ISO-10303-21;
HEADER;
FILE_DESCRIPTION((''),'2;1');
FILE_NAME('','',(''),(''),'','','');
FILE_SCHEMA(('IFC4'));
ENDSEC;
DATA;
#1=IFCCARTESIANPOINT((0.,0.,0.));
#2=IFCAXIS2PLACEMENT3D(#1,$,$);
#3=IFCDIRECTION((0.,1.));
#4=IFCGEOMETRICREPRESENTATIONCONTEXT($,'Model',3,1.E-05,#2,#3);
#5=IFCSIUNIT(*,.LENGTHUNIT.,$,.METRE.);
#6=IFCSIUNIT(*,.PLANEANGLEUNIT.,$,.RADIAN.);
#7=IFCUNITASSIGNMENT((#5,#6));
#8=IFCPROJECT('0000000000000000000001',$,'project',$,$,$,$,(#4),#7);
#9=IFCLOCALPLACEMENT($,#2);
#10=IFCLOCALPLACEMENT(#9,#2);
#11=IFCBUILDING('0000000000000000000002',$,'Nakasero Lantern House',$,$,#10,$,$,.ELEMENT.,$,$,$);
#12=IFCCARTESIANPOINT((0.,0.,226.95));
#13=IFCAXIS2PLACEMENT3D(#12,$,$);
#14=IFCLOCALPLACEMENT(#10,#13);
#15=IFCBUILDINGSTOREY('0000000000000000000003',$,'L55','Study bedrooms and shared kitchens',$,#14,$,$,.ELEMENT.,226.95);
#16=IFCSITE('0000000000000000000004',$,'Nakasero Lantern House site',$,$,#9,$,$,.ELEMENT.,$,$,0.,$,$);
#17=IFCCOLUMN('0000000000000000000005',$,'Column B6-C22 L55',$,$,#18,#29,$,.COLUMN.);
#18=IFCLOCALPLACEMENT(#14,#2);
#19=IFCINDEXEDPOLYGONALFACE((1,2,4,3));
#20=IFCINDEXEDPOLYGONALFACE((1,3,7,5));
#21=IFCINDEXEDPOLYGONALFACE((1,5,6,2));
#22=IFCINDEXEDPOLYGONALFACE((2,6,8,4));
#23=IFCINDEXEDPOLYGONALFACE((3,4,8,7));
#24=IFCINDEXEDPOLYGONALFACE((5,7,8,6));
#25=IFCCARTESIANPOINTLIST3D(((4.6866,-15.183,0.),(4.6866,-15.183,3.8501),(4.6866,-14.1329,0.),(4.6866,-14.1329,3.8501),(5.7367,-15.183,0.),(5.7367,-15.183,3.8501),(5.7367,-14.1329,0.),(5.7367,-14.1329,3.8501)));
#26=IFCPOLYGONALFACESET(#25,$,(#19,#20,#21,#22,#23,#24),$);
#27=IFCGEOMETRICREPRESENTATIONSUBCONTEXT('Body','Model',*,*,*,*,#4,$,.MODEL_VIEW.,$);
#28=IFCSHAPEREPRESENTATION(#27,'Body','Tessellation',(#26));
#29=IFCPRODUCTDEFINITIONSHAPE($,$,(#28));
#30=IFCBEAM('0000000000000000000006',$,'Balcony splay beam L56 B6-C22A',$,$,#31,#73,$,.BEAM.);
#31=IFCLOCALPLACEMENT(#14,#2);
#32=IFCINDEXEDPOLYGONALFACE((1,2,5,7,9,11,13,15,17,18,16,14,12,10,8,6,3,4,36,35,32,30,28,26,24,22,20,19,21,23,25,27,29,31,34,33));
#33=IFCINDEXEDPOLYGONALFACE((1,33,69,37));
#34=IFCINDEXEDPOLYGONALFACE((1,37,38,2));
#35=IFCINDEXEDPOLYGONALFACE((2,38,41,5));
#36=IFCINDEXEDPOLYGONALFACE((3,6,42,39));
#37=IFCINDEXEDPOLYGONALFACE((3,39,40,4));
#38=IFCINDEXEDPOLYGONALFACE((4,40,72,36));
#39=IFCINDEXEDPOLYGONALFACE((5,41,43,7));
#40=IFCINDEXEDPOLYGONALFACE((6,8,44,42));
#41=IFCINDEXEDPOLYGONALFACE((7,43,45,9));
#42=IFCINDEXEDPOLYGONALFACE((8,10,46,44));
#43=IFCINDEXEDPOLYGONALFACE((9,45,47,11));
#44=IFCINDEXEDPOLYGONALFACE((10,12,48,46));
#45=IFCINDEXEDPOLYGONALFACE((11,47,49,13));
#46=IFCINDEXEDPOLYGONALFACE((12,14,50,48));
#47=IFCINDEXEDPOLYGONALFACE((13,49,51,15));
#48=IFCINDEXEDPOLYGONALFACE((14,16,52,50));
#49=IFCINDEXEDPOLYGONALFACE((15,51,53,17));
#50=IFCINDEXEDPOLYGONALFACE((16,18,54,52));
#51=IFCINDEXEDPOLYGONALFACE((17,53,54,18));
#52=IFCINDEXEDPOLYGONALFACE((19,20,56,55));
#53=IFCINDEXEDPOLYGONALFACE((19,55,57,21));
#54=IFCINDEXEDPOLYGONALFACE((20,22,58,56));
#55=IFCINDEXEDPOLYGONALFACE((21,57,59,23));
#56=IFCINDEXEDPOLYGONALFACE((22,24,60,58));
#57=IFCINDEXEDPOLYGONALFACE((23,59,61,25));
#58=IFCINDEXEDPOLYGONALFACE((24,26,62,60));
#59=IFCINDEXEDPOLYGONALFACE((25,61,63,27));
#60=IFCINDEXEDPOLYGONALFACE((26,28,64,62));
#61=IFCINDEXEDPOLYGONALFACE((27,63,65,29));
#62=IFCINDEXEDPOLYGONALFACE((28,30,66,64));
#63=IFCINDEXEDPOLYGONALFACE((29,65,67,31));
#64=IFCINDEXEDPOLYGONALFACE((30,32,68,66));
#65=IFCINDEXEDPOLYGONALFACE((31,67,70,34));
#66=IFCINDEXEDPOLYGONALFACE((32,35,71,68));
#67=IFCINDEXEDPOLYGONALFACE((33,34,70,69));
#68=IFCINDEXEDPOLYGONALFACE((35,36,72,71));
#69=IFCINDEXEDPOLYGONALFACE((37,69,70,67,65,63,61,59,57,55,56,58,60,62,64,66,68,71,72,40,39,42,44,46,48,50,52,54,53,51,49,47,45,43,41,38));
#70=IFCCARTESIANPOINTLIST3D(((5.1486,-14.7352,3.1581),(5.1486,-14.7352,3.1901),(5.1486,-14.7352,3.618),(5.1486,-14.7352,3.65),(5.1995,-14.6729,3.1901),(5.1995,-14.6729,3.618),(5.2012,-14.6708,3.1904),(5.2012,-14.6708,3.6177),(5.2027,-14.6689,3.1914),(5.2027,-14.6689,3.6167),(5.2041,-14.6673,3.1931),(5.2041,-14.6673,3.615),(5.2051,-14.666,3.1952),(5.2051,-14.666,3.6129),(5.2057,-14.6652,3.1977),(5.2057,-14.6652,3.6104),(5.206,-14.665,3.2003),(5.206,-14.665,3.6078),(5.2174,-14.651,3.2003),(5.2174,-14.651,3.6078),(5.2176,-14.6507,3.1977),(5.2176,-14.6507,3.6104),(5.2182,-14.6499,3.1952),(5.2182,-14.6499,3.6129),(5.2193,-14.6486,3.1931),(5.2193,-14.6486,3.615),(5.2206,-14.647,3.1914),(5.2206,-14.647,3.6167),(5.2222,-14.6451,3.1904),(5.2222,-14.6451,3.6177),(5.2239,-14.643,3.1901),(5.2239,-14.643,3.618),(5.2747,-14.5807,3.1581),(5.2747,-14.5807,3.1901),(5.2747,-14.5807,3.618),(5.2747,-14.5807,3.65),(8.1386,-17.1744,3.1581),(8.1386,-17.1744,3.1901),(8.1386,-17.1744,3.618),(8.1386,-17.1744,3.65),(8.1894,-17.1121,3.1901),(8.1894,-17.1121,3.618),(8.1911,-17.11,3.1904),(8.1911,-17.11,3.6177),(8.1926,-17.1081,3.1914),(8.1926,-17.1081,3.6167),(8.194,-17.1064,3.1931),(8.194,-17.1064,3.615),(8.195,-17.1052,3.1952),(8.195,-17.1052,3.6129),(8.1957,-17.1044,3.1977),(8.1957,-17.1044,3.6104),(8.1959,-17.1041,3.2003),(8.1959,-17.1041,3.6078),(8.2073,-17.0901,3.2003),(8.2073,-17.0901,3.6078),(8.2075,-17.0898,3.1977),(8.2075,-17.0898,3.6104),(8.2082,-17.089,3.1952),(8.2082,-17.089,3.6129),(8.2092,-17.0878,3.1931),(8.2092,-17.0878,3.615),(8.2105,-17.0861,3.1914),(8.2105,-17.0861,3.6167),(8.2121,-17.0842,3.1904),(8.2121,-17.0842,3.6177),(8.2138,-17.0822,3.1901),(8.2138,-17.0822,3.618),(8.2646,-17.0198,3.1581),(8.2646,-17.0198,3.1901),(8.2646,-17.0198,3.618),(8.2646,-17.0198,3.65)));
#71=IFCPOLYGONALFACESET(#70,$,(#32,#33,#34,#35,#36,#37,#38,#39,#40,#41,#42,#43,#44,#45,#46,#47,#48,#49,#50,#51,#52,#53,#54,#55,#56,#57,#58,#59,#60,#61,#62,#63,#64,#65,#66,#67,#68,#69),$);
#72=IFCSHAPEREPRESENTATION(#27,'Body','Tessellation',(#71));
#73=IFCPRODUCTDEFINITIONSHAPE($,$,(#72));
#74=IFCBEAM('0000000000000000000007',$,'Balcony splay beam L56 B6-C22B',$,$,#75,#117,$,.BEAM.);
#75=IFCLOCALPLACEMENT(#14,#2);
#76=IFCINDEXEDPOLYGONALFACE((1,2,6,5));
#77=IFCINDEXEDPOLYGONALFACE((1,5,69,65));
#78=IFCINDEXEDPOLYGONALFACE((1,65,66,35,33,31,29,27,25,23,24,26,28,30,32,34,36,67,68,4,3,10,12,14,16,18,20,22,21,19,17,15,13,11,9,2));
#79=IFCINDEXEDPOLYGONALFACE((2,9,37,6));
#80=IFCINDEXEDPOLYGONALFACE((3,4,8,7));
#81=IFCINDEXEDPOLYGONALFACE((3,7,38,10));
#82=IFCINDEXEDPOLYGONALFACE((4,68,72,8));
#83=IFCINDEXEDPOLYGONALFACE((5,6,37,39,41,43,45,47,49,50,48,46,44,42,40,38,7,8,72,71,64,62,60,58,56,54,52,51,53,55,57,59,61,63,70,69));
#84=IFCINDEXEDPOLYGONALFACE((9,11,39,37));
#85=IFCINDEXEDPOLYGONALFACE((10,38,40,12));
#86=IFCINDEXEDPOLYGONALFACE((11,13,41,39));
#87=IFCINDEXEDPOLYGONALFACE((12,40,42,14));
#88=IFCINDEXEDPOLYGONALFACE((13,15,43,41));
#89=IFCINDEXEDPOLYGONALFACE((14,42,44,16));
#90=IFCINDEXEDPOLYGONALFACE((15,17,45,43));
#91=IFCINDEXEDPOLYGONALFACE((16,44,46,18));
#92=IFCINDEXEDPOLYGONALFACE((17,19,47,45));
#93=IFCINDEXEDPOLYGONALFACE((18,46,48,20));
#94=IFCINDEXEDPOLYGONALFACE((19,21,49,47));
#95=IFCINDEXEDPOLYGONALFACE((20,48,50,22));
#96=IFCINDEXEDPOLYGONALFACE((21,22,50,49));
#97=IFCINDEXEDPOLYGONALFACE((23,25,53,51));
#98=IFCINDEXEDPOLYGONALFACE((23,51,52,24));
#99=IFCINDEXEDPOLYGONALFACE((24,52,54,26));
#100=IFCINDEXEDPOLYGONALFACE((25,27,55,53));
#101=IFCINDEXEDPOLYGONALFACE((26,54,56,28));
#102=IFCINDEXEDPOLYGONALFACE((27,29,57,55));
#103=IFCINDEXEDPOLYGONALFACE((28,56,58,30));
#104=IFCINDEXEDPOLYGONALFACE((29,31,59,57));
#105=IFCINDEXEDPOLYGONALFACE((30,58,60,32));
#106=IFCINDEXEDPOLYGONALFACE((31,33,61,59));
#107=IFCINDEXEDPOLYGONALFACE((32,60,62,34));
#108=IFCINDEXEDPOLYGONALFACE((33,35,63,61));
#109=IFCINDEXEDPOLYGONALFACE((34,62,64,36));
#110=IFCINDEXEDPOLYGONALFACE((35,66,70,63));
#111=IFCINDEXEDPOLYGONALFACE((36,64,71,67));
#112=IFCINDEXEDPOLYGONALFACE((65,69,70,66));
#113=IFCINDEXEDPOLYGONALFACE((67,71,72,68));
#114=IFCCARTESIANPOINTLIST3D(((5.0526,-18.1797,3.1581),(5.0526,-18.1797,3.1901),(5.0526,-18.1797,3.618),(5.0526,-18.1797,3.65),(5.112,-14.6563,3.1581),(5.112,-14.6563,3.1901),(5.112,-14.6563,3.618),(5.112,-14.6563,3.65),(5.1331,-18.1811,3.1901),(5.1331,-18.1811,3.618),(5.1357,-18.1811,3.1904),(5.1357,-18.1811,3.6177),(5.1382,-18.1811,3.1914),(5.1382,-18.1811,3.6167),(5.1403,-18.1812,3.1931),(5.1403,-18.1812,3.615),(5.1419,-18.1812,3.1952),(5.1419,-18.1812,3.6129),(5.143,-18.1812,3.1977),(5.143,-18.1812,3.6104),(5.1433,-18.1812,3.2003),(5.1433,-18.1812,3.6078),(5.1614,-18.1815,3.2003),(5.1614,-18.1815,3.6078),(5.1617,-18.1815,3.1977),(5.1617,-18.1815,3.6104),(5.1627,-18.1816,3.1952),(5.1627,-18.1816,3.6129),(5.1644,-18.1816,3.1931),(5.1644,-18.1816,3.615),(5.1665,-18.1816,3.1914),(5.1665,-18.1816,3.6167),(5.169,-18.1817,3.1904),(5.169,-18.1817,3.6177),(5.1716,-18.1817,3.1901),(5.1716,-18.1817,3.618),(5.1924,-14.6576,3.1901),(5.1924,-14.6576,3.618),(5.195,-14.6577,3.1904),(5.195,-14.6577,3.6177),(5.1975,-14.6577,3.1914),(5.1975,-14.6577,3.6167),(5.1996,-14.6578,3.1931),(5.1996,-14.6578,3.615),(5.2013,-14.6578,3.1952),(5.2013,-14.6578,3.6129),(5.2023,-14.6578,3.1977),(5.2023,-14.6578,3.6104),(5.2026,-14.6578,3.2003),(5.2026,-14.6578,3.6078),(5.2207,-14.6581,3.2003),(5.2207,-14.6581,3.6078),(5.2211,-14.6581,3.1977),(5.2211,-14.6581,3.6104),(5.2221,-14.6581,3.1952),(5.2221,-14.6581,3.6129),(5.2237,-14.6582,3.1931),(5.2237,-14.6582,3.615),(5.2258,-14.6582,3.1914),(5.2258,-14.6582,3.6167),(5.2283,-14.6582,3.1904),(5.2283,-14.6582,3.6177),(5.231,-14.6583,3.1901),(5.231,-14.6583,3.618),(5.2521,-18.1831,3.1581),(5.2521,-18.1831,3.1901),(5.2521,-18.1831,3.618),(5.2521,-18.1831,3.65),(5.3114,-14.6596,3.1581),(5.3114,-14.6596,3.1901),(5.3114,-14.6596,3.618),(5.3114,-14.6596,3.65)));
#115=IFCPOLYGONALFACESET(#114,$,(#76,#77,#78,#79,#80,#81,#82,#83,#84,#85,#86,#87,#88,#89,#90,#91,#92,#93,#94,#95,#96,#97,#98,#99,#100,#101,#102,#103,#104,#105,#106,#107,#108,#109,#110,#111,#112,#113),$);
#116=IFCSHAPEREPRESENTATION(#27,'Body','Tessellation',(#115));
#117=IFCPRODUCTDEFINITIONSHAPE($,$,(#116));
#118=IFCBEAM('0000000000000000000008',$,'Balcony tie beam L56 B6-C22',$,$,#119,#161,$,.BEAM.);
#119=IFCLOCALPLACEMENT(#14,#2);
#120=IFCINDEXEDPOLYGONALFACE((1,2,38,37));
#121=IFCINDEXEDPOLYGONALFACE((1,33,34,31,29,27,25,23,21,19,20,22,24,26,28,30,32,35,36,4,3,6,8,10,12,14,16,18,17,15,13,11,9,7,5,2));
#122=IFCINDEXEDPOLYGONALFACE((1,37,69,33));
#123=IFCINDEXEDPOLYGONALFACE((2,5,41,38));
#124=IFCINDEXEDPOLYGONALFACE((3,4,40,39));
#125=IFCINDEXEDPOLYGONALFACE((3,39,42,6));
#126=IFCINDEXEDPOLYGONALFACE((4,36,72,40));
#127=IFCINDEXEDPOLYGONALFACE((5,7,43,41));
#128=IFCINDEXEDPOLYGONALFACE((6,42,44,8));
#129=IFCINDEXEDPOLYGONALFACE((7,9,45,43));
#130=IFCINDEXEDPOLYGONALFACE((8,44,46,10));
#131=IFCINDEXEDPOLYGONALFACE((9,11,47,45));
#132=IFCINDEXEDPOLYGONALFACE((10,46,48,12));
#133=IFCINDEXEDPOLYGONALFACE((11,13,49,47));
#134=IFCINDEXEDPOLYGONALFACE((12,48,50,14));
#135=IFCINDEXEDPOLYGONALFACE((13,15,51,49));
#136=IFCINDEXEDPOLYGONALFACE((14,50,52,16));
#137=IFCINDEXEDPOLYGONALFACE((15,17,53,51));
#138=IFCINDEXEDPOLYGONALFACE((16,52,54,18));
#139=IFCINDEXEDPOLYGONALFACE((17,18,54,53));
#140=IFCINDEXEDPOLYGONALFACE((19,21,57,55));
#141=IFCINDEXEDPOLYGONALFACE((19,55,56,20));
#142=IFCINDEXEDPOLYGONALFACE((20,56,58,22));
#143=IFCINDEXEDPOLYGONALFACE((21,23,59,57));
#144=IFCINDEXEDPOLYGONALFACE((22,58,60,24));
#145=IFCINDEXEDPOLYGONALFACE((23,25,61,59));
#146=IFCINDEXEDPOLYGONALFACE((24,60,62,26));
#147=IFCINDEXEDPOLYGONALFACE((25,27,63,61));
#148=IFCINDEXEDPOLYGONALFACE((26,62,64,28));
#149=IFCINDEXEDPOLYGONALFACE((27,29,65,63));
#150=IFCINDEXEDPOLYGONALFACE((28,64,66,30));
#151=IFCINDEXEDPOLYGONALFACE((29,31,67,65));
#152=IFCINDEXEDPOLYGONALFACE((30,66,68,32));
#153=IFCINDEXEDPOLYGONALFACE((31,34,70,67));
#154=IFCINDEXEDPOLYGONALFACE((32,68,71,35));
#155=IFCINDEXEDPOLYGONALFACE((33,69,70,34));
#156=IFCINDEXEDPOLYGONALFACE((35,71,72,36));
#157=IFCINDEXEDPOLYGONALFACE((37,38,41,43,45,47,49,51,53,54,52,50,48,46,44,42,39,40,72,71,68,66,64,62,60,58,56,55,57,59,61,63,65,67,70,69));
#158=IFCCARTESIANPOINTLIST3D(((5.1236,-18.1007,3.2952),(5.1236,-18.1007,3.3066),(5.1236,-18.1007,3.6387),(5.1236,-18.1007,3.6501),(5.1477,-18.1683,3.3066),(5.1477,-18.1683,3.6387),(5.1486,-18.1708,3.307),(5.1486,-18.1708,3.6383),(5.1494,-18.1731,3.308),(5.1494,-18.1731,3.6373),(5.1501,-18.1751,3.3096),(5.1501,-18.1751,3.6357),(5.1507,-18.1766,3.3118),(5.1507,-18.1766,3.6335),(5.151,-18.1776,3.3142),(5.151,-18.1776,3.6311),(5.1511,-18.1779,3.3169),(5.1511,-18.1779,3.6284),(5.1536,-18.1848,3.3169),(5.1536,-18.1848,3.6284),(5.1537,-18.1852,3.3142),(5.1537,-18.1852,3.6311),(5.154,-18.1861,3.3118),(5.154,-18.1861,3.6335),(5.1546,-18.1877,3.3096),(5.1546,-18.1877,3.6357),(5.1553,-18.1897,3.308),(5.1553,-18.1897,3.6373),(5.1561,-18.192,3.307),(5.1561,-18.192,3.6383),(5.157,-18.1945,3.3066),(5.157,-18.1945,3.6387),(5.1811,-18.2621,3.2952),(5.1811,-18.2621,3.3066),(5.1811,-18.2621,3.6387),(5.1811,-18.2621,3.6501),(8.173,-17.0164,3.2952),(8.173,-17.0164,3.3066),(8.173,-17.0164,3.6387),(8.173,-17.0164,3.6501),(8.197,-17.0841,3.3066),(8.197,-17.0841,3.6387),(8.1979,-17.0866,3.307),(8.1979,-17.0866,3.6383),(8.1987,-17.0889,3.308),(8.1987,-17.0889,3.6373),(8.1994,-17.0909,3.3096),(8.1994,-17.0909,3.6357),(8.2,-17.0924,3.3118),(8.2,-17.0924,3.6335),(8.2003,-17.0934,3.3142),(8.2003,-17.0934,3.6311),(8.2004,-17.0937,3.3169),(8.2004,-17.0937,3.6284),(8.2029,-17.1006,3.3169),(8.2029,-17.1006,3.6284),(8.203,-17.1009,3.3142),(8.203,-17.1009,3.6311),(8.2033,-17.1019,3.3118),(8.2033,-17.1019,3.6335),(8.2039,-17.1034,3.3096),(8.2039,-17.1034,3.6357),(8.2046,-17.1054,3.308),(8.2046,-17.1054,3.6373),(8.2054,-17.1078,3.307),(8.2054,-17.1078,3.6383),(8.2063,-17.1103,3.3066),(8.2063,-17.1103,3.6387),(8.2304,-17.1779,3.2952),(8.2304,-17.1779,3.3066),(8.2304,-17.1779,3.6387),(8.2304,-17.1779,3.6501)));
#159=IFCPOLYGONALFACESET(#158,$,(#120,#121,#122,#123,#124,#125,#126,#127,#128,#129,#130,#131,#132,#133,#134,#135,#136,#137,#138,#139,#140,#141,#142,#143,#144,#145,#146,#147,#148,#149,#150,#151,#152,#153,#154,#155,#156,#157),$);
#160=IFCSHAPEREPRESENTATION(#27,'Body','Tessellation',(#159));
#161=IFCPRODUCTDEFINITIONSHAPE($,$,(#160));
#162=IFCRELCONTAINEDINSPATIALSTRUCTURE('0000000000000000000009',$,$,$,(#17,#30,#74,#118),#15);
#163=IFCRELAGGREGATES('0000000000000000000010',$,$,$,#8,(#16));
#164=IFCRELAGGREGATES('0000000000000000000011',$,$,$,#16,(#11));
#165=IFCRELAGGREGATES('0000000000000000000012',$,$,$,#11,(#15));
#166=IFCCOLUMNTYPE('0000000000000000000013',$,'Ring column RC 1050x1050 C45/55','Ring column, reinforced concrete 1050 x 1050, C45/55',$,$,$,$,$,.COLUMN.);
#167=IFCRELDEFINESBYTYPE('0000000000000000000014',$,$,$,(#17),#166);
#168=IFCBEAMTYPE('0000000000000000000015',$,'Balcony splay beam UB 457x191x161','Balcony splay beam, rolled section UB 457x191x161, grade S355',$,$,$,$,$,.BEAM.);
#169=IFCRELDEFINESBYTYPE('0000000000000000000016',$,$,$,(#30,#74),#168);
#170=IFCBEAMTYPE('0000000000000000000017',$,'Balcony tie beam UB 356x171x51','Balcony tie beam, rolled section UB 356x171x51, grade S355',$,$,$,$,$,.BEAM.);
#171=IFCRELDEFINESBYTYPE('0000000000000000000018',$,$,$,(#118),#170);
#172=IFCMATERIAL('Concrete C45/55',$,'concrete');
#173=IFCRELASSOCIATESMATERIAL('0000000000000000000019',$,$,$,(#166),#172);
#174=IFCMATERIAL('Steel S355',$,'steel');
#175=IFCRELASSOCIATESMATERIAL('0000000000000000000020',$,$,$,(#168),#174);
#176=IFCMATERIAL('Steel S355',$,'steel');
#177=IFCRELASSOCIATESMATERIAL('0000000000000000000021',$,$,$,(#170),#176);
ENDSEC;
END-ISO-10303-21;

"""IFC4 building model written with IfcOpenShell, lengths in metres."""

from ifc_helpers import new_model, si_unit, direction, frame, origin, origin_2d, place, context, subcontext, project, spatial, rectangle, i_section, extrude, material, material_profile, profile_set, type_object, element, save


model = new_model("IFC4")

# Units and contexts
model_context = context("Model", 3, precision=1e-05, world=origin(), true_north=direction((0.0, 1.0)))
body_context = subcontext(model_context, "Body", "Model", "MODEL_VIEW")
ifc_project = project(units=[si_unit("LENGTHUNIT", "METRE"), si_unit("PLANEANGLEUNIT", "RADIAN")], contexts=[model_context])

# Site, building, storey
site_placement = place(None, origin())
site = spatial("IfcSite", under=ifc_project, at=site_placement, Name="Nakasero Lantern House site", CompositionType="ELEMENT", RefElevation=0.0)
building_placement = place(site_placement, origin())
building = spatial("IfcBuilding", under=site, at=building_placement, Name="Nakasero Lantern House", CompositionType="ELEMENT")
storey_placement = place(building_placement, frame((0.0, 0.0, 226.95)))
storey = spatial("IfcBuildingStorey", under=building, at=storey_placement, Name="L55", Description="Study bedrooms and shared kitchens", CompositionType="ELEMENT", Elevation=226.95)

# Column
ifc_material_1 = material(Name="Concrete C45/55", Category="concrete")
ifc_material_profile_1 = material_profile(ifc_material_1, rectangle(XDim=1.05, YDim=1.05, at=origin_2d()), Name="RC 1050x1050")
ifc_profile_set_1 = profile_set([ifc_material_profile_1], Name="Concrete C45/55")
column_type = type_object("IfcColumnType", Name="Ring column RC 1050x1050 C45/55", Description="Ring column, reinforced concrete 1050 x 1050, C45/55", PredefinedType="COLUMN", material=ifc_profile_set_1)
column_placement = place(storey_placement, frame((5.2117, -14.658, 0.0), z_axis=(0.0, 0.0, 1.0), x_axis=(1.0, 0.0, 0.0)))
element("IfcColumn", 1, at=column_placement, inside=storey, type_object=column_type, Name="Column B6-C22 L55", PredefinedType="COLUMN", context=body_context, shape_type="SweptSolid", body=[
    extrude(rectangle(XDim=1.05, YDim=1.05, at=origin_2d()), origin(), (0.0, 0.0, 1.0), 3.8501),
])

# Beams
ifc_material_2 = material(Name="Steel S355", Category="steel")
ifc_material_profile_2 = material_profile(ifc_material_2, i_section(OverallWidth=0.1995, OverallDepth=0.4919, WebThickness=0.0181, FlangeThickness=0.032, FilletRadius=0.0103, at=origin_2d()), Name="UB 457x191x161")
ifc_profile_set_2 = profile_set([ifc_material_profile_2], Name="Steel S355")
beam_type_1 = type_object("IfcBeamType", Name="Balcony splay beam UB 457x191x161", Description="Balcony splay beam, rolled section UB 457x191x161, grade S355", PredefinedType="BEAM", material=ifc_profile_set_2)
beam_1_placement = place(storey_placement, frame((5.2117, -14.658, 3.4041), z_axis=(0.774864, -0.632128, 0.0), x_axis=(0.632128, 0.774864, 0.0)))
element("IfcBeam", 2, at=beam_1_placement, inside=storey, type_object=beam_type_1, Name="Balcony splay beam L56 B6-C22A", PredefinedType="BEAM", context=body_context, shape_type="SweptSolid", body=[
    extrude(i_section(OverallWidth=0.1995, OverallDepth=0.4919, WebThickness=0.0181, FlangeThickness=0.032, FilletRadius=0.0103, at=origin_2d()), origin(), (0.0, 0.0, 1.0), 3.8586),
])
beam_2_placement = place(storey_placement, frame((5.2117, -14.658, 3.4041), z_axis=(-0.016835, -0.999858, 0.0), x_axis=(0.999858, -0.016835, 0.0)))
element("IfcBeam", 3, at=beam_2_placement, inside=storey, type_object=beam_type_1, Name="Balcony splay beam L56 B6-C22B", PredefinedType="BEAM", context=body_context, shape_type="SweptSolid", body=[
    extrude(i_section(OverallWidth=0.1995, OverallDepth=0.4919, WebThickness=0.0181, FlangeThickness=0.032, FilletRadius=0.0103, at=origin_2d()), origin(), (0.0, 0.0, 1.0), 3.5239),
])
ifc_material_3 = material(Name="Steel S355", Category="steel")
ifc_material_profile_3 = material_profile(ifc_material_3, i_section(OverallWidth=0.1714, OverallDepth=0.355, WebThickness=0.0073, FlangeThickness=0.0115, FilletRadius=0.0103, at=origin_2d()), Name="UB 356x171x51")
ifc_profile_set_3 = profile_set([ifc_material_profile_3], Name="Steel S355")
beam_type_2 = type_object("IfcBeamType", Name="Balcony tie beam UB 356x171x51", Description="Balcony tie beam, rolled section UB 356x171x51, grade S355", PredefinedType="BEAM", material=ifc_profile_set_3)
beam_3_placement = place(storey_placement, frame((8.2017, -17.0972, 3.4727), z_axis=(-0.942212, -0.335017, 0.0), x_axis=(0.335017, -0.942212, 0.0)))
element("IfcBeam", 4, at=beam_3_placement, inside=storey, type_object=beam_type_2, Name="Balcony tie beam L56 B6-C22", PredefinedType="BEAM", context=body_context, shape_type="SweptSolid", body=[
    extrude(i_section(OverallWidth=0.1714, OverallDepth=0.355, WebThickness=0.0073, FlangeThickness=0.0115, FilletRadius=0.0103, at=origin_2d()), origin(), (0.0, 0.0, 1.0), 3.2363),
])

save(model, "model.ifc")
